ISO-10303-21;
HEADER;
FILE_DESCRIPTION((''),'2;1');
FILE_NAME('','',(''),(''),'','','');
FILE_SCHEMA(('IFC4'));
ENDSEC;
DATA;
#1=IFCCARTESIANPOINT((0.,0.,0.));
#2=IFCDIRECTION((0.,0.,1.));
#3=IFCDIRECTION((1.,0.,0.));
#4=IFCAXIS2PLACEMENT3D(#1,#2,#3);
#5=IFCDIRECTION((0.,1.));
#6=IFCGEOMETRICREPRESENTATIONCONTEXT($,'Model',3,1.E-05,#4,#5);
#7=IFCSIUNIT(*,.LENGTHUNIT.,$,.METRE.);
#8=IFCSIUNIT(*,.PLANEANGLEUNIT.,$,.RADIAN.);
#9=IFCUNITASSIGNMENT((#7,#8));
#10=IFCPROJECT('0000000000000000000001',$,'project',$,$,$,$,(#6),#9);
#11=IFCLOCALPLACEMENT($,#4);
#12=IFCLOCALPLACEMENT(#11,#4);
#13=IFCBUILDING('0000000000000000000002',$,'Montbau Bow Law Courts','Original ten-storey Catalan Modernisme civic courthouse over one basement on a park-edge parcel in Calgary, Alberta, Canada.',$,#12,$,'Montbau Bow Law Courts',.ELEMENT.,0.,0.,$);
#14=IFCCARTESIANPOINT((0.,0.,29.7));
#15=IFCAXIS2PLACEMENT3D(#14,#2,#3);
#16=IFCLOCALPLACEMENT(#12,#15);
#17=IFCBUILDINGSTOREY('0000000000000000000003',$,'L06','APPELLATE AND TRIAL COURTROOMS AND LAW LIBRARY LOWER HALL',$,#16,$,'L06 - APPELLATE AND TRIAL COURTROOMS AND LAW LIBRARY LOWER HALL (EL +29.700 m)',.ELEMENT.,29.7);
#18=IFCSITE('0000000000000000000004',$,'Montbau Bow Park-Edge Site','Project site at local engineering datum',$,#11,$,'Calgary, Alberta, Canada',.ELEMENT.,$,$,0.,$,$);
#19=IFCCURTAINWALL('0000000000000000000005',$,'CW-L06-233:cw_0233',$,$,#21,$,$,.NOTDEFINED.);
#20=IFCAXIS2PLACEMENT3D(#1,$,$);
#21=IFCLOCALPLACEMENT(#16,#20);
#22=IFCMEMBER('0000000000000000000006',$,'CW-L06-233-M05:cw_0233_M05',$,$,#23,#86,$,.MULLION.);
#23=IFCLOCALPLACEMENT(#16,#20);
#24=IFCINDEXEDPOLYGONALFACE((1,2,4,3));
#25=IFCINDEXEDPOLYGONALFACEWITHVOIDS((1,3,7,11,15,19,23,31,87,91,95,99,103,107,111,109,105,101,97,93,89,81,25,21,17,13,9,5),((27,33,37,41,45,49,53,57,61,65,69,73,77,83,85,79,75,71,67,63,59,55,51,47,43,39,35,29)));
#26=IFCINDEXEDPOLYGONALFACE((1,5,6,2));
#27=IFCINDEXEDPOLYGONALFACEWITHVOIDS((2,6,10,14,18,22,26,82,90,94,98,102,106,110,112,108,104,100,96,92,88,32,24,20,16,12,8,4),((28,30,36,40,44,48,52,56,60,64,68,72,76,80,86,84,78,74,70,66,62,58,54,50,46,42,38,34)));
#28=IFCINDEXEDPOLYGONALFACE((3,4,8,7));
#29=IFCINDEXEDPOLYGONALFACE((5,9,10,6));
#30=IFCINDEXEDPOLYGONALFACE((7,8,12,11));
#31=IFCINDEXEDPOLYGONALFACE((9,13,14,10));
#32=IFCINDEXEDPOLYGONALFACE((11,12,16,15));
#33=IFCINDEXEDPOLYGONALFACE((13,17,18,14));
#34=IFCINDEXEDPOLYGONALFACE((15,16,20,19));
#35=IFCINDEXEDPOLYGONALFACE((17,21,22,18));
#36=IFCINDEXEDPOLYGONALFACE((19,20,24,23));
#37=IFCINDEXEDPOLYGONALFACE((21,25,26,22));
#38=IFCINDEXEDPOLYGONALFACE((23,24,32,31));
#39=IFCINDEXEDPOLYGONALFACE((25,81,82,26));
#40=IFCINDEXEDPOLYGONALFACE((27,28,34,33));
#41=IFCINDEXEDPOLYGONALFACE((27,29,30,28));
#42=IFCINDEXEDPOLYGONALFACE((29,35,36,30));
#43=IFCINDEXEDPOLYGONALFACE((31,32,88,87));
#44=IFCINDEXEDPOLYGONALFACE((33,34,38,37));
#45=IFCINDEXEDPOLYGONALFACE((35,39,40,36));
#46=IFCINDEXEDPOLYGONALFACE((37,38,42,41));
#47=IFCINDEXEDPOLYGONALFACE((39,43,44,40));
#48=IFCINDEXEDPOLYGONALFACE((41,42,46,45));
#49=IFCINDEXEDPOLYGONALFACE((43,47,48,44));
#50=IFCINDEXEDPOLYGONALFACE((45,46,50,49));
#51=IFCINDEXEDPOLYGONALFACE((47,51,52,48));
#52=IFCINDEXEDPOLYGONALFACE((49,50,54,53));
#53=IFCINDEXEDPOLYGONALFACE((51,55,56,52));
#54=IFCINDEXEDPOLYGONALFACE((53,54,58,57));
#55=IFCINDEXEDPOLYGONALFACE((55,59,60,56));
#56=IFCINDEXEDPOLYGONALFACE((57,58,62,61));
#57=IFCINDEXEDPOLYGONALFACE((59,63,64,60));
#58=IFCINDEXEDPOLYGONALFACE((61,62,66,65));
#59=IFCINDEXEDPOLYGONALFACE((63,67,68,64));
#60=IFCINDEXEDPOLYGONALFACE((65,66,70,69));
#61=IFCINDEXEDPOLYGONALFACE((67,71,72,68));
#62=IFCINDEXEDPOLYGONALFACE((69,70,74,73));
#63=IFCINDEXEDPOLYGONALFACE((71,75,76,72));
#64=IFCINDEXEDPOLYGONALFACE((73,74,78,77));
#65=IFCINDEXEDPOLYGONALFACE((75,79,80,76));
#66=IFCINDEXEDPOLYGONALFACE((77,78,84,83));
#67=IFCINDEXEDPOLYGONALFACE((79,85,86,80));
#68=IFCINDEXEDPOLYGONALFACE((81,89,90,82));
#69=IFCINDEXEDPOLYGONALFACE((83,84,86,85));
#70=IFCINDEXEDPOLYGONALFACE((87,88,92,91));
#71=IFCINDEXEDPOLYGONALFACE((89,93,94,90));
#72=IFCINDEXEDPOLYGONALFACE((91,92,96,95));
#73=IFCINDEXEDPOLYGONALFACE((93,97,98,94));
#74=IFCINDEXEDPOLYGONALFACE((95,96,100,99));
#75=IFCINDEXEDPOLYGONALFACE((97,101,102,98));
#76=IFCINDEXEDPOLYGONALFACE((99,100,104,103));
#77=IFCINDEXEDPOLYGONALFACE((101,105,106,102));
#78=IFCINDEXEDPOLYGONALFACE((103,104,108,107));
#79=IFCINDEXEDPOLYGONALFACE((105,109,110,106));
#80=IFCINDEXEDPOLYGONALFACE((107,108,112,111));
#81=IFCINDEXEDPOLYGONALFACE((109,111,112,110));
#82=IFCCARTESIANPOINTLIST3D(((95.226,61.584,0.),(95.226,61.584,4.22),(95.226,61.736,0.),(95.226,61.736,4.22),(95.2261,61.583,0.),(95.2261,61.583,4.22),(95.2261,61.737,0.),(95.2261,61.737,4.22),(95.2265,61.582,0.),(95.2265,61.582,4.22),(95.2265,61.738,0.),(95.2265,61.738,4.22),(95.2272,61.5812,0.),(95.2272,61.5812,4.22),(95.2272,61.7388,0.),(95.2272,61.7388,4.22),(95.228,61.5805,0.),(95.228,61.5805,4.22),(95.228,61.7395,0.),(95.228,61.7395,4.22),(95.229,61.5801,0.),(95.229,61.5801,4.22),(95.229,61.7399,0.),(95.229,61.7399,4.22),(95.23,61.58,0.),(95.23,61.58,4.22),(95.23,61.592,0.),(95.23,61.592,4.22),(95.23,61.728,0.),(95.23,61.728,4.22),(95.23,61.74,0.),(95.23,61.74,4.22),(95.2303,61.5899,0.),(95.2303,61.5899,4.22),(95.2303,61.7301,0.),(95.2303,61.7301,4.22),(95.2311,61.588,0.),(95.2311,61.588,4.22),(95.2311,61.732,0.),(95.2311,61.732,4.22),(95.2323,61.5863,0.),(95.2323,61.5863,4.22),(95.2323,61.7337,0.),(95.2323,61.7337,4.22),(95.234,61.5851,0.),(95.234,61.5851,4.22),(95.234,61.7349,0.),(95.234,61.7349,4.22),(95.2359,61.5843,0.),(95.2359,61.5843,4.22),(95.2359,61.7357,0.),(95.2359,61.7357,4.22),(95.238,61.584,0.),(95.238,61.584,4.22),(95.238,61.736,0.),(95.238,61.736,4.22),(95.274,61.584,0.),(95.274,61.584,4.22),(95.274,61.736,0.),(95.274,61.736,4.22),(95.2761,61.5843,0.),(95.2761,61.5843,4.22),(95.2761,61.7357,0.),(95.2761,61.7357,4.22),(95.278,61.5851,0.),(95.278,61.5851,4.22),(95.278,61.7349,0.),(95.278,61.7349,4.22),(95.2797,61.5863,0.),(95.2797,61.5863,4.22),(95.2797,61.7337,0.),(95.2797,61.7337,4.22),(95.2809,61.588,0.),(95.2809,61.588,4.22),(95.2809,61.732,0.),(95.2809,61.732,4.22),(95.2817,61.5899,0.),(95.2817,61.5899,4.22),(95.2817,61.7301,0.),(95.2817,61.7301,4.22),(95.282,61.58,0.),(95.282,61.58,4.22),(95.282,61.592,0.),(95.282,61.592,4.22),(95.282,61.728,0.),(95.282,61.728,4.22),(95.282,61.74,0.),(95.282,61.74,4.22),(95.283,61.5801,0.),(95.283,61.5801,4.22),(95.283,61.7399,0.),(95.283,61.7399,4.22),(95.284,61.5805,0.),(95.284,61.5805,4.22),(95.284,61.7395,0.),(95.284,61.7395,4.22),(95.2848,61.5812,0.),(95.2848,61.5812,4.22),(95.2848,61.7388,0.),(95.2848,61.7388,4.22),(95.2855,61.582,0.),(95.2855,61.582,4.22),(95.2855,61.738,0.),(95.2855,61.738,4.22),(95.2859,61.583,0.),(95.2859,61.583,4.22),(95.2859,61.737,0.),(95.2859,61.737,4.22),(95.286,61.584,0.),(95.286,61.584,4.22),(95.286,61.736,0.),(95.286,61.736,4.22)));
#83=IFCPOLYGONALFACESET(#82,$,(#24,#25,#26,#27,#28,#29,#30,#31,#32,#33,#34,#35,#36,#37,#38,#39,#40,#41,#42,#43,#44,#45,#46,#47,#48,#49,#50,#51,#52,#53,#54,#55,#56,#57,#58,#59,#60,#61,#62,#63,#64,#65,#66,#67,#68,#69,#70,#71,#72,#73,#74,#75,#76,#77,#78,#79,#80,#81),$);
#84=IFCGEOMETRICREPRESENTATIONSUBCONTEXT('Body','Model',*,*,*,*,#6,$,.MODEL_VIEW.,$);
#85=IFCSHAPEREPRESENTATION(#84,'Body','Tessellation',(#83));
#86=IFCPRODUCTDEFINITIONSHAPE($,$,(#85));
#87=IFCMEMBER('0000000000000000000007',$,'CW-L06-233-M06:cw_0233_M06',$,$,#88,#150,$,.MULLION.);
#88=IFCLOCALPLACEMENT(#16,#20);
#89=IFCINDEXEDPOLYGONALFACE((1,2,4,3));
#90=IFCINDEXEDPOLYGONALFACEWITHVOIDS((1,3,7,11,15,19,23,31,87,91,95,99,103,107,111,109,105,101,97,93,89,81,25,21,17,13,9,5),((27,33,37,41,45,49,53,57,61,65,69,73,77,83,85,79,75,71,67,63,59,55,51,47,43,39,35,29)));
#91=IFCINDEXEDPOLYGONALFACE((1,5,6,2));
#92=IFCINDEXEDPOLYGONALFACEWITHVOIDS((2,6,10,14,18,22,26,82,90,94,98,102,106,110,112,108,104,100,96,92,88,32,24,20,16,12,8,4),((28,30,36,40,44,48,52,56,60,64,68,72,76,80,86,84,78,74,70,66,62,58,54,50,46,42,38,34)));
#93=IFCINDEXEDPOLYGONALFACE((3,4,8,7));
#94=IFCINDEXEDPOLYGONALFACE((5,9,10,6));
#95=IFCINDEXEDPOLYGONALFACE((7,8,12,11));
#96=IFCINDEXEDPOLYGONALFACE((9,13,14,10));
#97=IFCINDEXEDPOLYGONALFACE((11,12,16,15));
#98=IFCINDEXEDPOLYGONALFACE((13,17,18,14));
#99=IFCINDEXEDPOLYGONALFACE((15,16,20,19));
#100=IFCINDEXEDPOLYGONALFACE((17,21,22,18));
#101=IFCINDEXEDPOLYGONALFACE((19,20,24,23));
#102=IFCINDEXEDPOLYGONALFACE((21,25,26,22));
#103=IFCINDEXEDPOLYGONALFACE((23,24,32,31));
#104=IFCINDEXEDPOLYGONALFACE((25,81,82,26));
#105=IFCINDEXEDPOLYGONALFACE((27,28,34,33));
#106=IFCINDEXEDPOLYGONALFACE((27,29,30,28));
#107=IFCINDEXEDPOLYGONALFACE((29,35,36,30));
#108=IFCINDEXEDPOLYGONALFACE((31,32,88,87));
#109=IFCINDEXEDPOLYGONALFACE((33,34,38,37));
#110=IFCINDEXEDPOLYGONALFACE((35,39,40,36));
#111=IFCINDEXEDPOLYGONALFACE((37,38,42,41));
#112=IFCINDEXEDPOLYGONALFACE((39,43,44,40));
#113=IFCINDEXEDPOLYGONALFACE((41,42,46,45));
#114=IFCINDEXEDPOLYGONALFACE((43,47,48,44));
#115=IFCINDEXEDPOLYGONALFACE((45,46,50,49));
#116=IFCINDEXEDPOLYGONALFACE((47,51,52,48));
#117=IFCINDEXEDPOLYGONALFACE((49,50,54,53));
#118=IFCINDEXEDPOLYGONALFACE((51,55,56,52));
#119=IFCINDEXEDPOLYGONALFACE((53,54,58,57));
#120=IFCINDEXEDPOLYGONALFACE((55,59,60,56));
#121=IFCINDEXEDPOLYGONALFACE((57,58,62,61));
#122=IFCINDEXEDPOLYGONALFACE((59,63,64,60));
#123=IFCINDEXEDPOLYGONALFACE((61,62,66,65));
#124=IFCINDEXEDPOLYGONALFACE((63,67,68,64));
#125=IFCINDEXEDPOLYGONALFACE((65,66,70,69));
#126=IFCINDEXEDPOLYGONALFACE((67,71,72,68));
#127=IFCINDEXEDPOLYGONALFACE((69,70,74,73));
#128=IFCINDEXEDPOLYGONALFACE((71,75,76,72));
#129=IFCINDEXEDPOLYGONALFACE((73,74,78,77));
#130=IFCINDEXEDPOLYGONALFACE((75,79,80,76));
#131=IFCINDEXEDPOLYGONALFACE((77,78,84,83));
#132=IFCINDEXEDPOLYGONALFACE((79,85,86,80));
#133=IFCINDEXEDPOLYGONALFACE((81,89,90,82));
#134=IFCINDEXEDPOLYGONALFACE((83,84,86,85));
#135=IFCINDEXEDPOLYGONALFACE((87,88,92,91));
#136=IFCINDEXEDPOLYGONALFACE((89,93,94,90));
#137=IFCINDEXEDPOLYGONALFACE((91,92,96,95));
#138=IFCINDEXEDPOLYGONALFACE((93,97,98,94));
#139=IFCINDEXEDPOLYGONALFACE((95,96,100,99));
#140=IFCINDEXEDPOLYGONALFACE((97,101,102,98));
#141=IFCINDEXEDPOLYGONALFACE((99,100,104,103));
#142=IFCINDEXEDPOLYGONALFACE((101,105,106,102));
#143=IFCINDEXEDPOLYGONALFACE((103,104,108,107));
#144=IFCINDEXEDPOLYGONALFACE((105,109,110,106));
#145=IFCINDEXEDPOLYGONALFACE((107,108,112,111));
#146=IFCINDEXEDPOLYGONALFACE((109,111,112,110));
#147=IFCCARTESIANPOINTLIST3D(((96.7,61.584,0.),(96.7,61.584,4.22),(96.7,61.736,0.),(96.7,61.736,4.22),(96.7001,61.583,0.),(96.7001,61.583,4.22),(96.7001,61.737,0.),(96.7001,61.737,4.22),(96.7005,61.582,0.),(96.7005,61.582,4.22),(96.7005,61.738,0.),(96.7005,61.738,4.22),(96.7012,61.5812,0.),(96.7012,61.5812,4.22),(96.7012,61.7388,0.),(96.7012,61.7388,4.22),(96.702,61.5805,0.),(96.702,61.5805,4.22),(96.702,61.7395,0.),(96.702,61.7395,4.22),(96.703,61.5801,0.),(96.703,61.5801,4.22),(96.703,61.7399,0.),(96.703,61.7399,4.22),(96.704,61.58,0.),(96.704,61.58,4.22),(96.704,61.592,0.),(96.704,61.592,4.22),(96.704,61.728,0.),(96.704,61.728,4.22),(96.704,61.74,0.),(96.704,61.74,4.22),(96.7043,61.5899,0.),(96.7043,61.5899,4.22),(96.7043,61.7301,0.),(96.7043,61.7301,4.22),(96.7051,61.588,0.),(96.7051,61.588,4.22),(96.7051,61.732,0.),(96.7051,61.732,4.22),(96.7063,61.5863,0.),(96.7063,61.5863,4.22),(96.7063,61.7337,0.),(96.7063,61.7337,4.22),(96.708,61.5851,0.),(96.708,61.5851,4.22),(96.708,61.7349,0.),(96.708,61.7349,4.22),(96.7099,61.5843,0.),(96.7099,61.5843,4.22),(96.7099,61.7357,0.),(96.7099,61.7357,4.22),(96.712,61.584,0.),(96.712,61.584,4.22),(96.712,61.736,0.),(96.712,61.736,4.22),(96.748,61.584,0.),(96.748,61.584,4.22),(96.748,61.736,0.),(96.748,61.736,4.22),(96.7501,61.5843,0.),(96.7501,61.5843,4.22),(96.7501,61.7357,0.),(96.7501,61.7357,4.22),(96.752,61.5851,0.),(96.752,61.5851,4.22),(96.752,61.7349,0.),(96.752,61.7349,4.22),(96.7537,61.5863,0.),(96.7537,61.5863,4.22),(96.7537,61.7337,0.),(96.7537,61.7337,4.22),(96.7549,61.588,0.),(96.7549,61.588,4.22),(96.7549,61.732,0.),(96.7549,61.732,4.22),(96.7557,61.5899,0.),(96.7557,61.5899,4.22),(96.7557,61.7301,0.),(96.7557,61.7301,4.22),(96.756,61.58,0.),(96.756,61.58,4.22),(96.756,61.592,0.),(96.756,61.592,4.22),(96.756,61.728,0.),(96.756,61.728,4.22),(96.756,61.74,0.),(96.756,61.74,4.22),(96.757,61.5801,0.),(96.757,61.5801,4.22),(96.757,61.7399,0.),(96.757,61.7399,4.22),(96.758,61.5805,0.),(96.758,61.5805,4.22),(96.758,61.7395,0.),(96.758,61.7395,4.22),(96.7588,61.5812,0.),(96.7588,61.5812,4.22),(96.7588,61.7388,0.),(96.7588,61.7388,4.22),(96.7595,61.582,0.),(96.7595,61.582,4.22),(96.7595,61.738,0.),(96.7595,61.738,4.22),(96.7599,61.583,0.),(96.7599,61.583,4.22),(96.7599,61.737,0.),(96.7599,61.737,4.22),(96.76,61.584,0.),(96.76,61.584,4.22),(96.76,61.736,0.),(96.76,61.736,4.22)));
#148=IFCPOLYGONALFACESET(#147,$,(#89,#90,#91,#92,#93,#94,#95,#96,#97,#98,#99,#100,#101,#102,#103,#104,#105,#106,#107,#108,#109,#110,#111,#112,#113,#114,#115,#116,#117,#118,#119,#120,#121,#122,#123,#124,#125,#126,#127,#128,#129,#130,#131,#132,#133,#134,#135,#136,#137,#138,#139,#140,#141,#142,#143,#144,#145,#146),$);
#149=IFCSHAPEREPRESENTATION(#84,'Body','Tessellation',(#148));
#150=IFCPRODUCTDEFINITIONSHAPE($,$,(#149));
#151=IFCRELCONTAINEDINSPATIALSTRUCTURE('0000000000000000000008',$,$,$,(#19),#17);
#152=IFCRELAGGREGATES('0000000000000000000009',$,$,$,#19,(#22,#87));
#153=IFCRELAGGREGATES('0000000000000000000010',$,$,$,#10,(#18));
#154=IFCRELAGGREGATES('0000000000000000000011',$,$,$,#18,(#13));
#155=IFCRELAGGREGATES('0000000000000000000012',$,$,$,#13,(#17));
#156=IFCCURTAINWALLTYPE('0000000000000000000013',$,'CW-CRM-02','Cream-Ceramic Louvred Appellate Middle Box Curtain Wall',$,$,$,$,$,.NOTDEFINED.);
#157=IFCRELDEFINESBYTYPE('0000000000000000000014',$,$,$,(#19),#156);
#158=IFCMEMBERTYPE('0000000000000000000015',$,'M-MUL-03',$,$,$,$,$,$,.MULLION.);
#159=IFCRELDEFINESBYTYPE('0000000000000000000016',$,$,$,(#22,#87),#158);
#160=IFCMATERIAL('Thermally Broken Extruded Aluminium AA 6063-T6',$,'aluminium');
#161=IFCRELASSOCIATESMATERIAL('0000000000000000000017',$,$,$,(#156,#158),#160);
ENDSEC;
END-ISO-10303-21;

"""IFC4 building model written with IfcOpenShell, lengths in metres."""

from ifc_helpers import new_model, si_unit, direction, frame, origin_with_axes, origin_2d_with_axis, place, context, subcontext, project, spatial, hollow_rectangle, extrude, material, material_profile, profile_set, type_object, element, aggregate, save


model = new_model("IFC4")

# Units and contexts
model_context = context("Model", 3, precision=1e-05, world=origin_with_axes(), true_north=direction((0.0, 1.0)))
body_context = subcontext(model_context, "Body", "Model", "MODEL_VIEW")
ifc_project = project(units=[si_unit("LENGTHUNIT", "METRE"), si_unit("PLANEANGLEUNIT", "RADIAN")], contexts=[model_context])

# Site, building, storey
site_placement = place(None, origin_with_axes())
site = spatial("IfcSite", under=ifc_project, at=site_placement, Name="Montbau Bow Park-Edge Site", Description="Project site at local engineering datum", LongName="Calgary, Alberta, Canada", CompositionType="ELEMENT", RefElevation=0.0)
building_placement = place(site_placement, origin_with_axes())
building = spatial("IfcBuilding", under=site, at=building_placement, Name="Montbau Bow Law Courts", Description="Original ten-storey Catalan Modernisme civic courthouse over one basement on a park-edge parcel in Calgary, Alberta, Canada.", LongName="Montbau Bow Law Courts", CompositionType="ELEMENT", ElevationOfRefHeight=0.0, ElevationOfTerrain=0.0)
storey_placement = place(building_placement, frame((0.0, 0.0, 29.7), z_axis=(0.0, 0.0, 1.0), x_axis=(1.0, 0.0, 0.0)))
storey = spatial("IfcBuildingStorey", under=building, at=storey_placement, Name="L06", Description="APPELLATE AND TRIAL COURTROOMS AND LAW LIBRARY LOWER HALL", LongName="L06 - APPELLATE AND TRIAL COURTROOMS AND LAW LIBRARY LOWER HALL (EL +29.700 m)", CompositionType="ELEMENT", Elevation=29.7)

# Curtain wall, members
ifc_material_1 = material(Name="Thermally Broken Extruded Aluminium AA 6063-T6", Category="aluminium")
curtain_wall_type = type_object("IfcCurtainWallType", Name="CW-CRM-02", Description="Cream-Ceramic Louvred Appellate Middle Box Curtain Wall", PredefinedType="NOTDEFINED", material=ifc_material_1)
curtain_wall_placement = place(None, frame((89.24, 61.66, 29.7), z_axis=(0.0, 0.0, 1.0), x_axis=(1.0, 0.0, 0.0)))
curtain_wall = element("IfcCurtainWall", 1, at=curtain_wall_placement, inside=storey, type_object=curtain_wall_type, Name="CW-L06-233:cw_0233", PredefinedType="NOTDEFINED")
ifc_material_profile_1 = material_profile(ifc_material_1, hollow_rectangle(XDim=0.06, YDim=0.16, WallThickness=0.004, InnerFilletRadius=0.008, OuterFilletRadius=0.004, at=origin_2d_with_axis()), Name="CWM-160X60", Category="Main", Priority=0)
ifc_profile_set_1 = profile_set([ifc_material_profile_1], Name="Thermally Broken Extruded Aluminium AA 6063-T6")
member_type_1 = type_object("IfcMemberType", Name="M-MUL-03", PredefinedType="MULLION", material=ifc_profile_set_1)
member_1_placement = place(None, frame((95.256, 61.66, 29.7), z_axis=(0.0, 0.0, 1.0), x_axis=(1.0, 0.0, 0.0)))
member_1 = element("IfcMember", 2, at=member_1_placement, type_object=member_type_1, Name="CW-L06-233-M05:cw_0233_M05", PredefinedType="MULLION", context=body_context, shape_type="SweptSolid", body=[
    extrude(hollow_rectangle(XDim=0.06, YDim=0.16, WallThickness=0.004, InnerFilletRadius=0.008, OuterFilletRadius=0.004, at=origin_2d_with_axis()), origin_with_axes(), (0.0, 0.0, 1.0), 4.22),
])
member_2_placement = place(None, frame((96.73, 61.66, 29.7), z_axis=(0.0, 0.0, 1.0), x_axis=(1.0, 0.0, 0.0)))
member_2 = element("IfcMember", 3, at=member_2_placement, type_object=member_type_1, Name="CW-L06-233-M06:cw_0233_M06", PredefinedType="MULLION", context=body_context, shape_type="SweptSolid", body=[
    extrude(hollow_rectangle(XDim=0.06, YDim=0.16, WallThickness=0.004, InnerFilletRadius=0.008, OuterFilletRadius=0.004, at=origin_2d_with_axis()), origin_with_axes(), (0.0, 0.0, 1.0), 4.22),
])
aggregate(curtain_wall, [member_1, member_2])

save(model, "model.ifc")
